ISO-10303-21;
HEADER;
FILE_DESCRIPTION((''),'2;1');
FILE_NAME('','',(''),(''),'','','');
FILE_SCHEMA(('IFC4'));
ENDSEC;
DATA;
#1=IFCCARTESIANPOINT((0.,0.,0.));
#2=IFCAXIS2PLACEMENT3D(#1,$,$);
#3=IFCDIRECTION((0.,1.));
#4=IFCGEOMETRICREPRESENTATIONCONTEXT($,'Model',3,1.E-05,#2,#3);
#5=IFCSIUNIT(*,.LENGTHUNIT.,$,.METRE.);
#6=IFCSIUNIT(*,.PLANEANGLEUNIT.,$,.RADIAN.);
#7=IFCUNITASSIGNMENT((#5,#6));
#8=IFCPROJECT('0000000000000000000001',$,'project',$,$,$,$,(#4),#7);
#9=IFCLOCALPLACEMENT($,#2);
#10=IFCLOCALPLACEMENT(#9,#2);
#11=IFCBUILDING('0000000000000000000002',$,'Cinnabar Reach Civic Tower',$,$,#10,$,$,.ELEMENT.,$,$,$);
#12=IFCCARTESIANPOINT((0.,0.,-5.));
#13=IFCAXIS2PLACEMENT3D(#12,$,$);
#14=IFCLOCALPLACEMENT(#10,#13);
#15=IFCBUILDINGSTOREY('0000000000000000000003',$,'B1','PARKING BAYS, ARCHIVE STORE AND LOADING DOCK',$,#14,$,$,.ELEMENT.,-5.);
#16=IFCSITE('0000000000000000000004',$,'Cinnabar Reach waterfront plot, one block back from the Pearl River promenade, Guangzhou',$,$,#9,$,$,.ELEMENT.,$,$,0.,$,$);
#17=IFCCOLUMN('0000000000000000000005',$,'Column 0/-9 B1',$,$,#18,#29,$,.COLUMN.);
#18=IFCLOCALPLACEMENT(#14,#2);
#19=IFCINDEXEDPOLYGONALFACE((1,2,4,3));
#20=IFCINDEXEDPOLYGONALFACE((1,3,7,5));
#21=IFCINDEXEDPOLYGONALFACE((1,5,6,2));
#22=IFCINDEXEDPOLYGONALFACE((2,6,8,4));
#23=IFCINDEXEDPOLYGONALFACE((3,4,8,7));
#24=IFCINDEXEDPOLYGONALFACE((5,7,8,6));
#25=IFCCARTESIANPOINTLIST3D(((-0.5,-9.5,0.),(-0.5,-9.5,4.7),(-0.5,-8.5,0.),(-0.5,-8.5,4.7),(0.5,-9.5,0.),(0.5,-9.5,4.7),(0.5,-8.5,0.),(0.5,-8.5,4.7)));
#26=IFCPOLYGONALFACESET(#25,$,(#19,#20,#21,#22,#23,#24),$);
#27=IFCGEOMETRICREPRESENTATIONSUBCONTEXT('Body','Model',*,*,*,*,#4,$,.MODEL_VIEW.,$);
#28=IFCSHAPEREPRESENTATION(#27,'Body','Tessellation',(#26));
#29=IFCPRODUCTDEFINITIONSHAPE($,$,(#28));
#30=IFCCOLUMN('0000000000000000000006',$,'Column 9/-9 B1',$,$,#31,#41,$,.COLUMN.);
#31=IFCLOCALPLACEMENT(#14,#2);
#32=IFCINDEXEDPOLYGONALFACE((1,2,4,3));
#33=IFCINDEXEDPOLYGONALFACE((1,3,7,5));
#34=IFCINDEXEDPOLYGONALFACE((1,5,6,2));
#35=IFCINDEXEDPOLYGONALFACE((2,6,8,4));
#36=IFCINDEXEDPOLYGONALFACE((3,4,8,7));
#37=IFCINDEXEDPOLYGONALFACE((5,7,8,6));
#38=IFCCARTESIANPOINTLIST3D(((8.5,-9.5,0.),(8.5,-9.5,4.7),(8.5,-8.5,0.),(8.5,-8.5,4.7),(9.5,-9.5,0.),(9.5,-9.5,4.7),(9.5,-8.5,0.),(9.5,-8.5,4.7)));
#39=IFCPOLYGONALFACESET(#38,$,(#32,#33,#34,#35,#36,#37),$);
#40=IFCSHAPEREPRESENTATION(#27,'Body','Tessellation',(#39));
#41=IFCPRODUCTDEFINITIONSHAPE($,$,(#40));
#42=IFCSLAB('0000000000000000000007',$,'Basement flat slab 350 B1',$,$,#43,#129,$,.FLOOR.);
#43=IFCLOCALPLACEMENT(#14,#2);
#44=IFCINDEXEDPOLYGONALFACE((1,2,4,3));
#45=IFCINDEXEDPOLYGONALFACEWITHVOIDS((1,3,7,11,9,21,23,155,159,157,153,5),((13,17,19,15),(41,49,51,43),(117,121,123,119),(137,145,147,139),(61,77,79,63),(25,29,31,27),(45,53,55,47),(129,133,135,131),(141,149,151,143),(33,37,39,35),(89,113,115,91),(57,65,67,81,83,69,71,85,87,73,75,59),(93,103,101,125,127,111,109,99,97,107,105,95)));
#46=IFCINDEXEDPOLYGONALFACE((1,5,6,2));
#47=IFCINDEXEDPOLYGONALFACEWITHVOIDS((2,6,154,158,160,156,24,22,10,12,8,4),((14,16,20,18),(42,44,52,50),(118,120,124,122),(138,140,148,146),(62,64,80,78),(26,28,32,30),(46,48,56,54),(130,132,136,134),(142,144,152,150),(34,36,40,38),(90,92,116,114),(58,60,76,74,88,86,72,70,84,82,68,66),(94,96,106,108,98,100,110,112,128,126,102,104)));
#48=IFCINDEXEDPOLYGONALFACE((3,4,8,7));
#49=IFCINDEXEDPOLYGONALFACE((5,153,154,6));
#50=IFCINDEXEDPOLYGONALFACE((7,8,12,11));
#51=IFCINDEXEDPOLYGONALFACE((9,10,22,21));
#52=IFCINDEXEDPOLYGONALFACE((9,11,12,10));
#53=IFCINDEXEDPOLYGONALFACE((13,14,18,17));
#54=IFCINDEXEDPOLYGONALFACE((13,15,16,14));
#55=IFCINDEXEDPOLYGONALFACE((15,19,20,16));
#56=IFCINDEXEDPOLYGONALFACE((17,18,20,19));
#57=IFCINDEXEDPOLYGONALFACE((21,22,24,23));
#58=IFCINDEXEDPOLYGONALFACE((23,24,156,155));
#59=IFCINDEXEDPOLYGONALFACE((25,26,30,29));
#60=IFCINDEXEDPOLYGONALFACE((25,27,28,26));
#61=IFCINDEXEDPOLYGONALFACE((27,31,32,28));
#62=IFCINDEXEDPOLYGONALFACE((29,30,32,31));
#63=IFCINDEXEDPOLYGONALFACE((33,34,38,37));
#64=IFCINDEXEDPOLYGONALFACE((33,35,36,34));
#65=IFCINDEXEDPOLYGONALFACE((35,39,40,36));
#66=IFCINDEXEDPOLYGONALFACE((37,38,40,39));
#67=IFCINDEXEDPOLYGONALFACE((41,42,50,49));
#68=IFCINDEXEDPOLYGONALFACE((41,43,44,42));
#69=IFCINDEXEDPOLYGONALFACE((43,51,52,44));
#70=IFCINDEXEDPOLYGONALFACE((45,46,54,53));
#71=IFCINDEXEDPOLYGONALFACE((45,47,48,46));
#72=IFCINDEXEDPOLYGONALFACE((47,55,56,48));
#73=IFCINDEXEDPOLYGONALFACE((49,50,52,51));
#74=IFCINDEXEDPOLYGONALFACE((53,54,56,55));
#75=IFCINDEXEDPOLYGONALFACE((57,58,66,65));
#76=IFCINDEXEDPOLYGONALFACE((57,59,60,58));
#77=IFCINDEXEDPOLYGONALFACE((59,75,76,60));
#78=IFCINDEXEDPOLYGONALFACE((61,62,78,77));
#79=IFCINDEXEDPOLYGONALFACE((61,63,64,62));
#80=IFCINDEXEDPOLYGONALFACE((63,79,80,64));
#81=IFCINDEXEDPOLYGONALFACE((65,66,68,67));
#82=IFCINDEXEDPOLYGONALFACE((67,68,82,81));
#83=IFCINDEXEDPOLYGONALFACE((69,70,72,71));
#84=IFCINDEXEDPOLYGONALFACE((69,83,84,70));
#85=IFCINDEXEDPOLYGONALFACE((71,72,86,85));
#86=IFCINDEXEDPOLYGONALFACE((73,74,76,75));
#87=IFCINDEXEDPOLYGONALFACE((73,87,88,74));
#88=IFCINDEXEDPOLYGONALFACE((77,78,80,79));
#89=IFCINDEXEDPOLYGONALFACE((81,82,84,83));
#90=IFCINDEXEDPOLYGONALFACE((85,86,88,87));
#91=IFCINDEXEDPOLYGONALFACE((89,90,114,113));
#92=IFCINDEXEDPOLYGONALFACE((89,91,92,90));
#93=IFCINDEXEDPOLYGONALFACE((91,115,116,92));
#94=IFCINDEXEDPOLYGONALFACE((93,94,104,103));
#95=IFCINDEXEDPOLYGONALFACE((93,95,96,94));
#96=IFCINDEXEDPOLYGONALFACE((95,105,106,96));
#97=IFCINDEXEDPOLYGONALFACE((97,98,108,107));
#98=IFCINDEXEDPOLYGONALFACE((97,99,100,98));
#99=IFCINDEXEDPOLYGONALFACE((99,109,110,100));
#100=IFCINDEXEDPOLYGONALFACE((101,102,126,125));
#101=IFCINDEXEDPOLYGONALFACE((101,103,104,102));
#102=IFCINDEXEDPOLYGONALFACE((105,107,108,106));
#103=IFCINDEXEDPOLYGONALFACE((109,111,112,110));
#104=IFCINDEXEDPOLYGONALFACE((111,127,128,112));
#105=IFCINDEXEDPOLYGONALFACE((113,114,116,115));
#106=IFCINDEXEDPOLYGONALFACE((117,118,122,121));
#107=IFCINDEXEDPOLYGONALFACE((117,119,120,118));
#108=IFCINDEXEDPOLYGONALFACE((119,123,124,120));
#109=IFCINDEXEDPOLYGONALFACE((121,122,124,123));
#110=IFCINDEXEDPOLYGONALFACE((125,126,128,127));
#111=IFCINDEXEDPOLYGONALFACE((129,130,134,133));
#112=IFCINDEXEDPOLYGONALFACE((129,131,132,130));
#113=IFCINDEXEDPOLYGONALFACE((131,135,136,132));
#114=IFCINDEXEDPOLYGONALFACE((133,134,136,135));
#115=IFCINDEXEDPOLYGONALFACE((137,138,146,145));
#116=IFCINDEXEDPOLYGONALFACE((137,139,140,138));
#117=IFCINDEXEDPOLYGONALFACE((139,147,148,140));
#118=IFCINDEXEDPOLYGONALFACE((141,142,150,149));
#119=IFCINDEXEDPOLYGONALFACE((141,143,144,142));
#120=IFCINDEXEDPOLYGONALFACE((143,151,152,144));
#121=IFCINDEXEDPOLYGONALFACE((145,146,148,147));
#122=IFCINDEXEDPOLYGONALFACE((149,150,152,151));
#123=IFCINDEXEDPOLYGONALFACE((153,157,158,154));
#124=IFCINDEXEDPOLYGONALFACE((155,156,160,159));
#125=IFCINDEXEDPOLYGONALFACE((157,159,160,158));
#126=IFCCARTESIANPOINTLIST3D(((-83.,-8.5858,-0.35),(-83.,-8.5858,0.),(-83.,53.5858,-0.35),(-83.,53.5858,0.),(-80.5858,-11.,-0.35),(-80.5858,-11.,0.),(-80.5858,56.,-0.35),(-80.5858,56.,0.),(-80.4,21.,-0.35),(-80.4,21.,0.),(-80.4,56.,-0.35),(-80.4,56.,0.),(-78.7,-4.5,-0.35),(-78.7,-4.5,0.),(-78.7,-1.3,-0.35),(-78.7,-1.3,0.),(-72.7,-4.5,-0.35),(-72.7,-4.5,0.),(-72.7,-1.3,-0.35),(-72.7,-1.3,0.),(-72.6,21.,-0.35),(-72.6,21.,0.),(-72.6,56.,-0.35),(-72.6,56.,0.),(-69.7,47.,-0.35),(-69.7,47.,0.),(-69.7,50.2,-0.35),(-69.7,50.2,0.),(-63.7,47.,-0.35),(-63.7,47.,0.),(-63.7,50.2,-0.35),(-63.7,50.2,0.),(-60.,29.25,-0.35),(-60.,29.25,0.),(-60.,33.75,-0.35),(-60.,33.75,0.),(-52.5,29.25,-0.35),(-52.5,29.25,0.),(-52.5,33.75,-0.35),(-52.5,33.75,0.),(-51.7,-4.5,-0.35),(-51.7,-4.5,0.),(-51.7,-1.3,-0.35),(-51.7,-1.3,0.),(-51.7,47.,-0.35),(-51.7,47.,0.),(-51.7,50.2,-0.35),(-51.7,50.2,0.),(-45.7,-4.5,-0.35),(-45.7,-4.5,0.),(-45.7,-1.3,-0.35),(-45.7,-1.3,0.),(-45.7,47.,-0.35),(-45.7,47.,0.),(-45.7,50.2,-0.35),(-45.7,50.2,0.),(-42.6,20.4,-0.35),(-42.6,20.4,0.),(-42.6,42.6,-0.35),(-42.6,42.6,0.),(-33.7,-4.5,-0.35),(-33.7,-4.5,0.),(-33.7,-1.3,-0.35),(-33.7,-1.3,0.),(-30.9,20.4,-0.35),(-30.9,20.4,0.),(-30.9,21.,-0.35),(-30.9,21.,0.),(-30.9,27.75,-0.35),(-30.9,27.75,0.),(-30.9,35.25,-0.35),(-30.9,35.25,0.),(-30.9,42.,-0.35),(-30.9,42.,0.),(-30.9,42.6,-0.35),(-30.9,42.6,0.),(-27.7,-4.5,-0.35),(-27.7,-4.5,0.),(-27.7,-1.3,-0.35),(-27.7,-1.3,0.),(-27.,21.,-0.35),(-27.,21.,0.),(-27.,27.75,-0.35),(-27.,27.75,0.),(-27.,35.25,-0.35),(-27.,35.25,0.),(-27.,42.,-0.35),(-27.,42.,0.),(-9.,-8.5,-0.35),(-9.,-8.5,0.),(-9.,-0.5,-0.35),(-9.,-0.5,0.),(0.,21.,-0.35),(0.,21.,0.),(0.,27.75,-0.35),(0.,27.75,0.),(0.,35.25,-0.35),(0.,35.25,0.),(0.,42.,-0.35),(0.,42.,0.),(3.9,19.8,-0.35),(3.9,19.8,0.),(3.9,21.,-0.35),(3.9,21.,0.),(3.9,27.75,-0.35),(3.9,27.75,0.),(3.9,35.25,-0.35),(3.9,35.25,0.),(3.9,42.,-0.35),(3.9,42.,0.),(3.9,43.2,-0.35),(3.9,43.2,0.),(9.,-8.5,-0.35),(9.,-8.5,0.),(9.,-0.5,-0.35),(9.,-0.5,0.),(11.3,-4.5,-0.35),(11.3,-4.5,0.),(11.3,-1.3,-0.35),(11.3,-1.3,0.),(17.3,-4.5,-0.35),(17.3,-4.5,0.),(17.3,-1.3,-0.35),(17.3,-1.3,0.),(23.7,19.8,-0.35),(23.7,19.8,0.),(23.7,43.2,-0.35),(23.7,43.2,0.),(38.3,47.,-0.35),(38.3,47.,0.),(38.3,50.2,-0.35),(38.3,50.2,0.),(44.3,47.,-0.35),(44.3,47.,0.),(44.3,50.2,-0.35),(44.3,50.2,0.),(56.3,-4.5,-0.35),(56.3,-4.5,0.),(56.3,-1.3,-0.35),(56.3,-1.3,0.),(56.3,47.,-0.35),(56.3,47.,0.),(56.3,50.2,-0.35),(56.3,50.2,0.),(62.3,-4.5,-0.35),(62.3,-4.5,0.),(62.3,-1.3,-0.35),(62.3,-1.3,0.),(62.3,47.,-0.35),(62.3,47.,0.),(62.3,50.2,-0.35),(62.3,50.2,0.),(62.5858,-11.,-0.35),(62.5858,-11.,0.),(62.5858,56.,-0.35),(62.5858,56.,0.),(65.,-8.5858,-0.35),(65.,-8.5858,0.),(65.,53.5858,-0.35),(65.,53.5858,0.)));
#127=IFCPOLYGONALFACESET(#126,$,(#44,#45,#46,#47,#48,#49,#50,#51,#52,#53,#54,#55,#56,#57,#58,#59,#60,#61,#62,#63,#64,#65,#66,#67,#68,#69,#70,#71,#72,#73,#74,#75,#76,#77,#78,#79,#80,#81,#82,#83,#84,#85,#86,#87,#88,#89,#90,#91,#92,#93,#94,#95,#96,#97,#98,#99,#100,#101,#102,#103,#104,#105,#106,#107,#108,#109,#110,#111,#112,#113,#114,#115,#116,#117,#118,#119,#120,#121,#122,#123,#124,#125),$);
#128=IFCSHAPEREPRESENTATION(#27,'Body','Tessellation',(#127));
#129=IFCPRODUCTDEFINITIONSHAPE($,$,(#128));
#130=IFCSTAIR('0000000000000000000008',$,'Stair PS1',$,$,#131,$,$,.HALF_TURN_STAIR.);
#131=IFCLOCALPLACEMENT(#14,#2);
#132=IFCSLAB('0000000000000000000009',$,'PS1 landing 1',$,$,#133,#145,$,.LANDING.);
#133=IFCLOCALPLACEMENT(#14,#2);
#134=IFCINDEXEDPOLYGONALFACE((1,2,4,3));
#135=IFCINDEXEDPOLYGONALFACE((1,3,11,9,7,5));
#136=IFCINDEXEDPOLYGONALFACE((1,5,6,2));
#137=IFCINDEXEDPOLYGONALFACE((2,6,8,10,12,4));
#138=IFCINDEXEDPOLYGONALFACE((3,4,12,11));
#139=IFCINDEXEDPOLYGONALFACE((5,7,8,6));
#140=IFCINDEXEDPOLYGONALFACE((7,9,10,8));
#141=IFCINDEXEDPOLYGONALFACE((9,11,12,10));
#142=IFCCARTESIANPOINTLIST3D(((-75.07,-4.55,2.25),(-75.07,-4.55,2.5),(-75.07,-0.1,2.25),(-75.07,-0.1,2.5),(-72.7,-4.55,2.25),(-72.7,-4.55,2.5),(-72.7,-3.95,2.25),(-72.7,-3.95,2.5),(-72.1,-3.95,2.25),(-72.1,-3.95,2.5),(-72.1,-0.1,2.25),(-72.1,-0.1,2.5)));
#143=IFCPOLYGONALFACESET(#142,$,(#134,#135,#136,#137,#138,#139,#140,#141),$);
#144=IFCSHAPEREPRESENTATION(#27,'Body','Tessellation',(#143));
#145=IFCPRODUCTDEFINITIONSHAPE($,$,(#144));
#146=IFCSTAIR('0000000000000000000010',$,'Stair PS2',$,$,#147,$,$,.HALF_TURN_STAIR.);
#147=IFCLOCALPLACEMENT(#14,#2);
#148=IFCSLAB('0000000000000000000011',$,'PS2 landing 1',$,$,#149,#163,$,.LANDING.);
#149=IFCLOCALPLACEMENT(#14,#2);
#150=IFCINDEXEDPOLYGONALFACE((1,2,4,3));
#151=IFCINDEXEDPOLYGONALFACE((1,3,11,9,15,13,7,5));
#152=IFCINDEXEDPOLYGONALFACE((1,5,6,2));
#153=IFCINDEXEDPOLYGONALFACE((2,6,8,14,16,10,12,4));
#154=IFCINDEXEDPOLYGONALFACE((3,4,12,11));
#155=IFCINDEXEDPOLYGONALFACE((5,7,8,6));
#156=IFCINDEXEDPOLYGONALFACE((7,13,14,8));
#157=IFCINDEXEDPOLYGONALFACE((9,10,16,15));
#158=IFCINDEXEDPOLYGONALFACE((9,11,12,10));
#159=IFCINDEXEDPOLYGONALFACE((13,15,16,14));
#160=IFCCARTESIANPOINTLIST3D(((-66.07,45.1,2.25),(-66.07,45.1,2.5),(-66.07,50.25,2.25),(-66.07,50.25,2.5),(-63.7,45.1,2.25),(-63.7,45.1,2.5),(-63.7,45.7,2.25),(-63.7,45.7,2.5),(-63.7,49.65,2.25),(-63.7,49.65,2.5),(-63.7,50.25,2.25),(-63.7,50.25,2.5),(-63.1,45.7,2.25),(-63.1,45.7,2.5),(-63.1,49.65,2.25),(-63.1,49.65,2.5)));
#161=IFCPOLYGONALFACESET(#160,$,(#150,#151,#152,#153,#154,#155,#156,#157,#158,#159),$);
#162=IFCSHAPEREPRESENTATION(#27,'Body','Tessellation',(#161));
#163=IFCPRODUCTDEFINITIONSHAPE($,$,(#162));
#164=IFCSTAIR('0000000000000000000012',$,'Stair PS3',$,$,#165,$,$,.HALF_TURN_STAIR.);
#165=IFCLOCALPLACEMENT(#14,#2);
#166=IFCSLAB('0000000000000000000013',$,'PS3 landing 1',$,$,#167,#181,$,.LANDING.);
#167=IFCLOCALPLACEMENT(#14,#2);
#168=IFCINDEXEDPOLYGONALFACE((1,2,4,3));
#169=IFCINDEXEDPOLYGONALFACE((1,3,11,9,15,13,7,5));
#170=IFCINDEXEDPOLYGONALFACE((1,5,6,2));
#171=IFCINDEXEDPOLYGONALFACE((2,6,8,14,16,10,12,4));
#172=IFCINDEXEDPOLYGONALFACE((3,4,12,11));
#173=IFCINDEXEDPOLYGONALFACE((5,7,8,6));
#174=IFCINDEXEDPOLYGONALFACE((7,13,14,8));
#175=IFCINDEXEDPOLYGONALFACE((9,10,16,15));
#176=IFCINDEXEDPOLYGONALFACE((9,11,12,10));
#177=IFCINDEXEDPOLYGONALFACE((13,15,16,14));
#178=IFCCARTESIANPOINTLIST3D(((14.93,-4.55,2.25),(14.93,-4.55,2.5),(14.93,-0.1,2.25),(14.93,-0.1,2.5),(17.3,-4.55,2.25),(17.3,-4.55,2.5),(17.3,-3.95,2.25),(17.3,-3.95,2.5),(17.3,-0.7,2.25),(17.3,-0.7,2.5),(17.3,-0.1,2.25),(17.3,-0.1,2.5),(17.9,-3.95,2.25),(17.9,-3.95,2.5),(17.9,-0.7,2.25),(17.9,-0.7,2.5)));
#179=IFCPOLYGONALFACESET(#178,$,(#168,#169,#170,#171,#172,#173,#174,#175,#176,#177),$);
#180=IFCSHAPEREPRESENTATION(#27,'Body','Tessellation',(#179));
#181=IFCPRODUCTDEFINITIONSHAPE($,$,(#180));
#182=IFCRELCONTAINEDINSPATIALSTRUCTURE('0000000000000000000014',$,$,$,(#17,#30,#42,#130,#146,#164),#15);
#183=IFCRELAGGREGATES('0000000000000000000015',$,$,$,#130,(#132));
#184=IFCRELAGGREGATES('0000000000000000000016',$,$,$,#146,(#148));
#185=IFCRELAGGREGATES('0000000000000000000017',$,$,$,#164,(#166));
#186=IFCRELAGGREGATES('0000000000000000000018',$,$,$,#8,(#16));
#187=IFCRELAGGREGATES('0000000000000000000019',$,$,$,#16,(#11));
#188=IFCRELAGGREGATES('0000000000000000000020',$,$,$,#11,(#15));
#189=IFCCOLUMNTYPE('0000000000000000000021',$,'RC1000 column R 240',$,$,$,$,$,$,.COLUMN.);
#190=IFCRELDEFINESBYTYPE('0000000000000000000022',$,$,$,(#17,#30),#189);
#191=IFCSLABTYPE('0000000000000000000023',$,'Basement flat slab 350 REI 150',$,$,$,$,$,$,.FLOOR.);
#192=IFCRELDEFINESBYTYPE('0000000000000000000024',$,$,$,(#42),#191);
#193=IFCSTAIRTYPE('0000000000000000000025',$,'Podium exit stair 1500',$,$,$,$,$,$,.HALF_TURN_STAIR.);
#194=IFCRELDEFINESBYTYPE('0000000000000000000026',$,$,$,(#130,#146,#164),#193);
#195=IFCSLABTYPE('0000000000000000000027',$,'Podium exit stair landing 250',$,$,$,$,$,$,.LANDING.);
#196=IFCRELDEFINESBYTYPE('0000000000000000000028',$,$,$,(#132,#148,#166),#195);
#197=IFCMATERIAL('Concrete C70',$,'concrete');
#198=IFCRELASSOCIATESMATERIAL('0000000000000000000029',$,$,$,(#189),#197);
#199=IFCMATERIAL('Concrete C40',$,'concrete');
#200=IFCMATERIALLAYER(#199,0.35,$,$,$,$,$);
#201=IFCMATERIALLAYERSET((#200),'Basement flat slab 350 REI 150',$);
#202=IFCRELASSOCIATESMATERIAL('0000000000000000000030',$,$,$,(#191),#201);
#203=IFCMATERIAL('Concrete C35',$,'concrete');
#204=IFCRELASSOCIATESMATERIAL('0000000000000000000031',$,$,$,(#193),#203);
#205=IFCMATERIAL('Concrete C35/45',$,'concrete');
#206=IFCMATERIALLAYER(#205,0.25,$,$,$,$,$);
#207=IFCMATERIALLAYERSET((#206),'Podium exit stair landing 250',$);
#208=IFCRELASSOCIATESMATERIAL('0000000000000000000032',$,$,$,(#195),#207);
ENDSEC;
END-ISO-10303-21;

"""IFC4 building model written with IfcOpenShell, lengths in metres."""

from ifc_helpers import new_model, si_unit, direction, frame, origin, origin_2d, place, context, subcontext, project, spatial, polyline, rectangle, outline, extrude, material, layer, layer_set, material_profile, profile_set, type_object, element, aggregate, save


model = new_model("IFC4")

# Units and contexts
model_context = context("Model", 3, precision=1e-05, world=origin(), true_north=direction((0.0, 1.0)))
body_context = subcontext(model_context, "Body", "Model", "MODEL_VIEW")
ifc_project = project(units=[si_unit("LENGTHUNIT", "METRE"), si_unit("PLANEANGLEUNIT", "RADIAN")], contexts=[model_context])

# Site, building, storey
site_placement = place(None, origin())
site = spatial("IfcSite", under=ifc_project, at=site_placement, Name="Cinnabar Reach waterfront plot, one block back from the Pearl River promenade, Guangzhou", CompositionType="ELEMENT", RefElevation=0.0)
building_placement = place(site_placement, origin())
building = spatial("IfcBuilding", under=site, at=building_placement, Name="Cinnabar Reach Civic Tower", CompositionType="ELEMENT")
storey_placement = place(building_placement, frame((0.0, 0.0, -5.0)))
storey = spatial("IfcBuildingStorey", under=building, at=storey_placement, Name="B1", Description="PARKING BAYS, ARCHIVE STORE AND LOADING DOCK", CompositionType="ELEMENT", Elevation=-5.0)

# Columns
ifc_material_1 = material(Name="Concrete C70", Category="concrete")
ifc_material_profile = material_profile(ifc_material_1, rectangle(XDim=1.0, YDim=1.0, at=origin_2d()), Name="RC1000")
ifc_profile_set = profile_set([ifc_material_profile], Name="Concrete C70")
column_type = type_object("IfcColumnType", Name="RC1000 column R 240", PredefinedType="COLUMN", material=ifc_profile_set)
for number, where, z_axis, x_axis, name in (
    (1, (0.0, -9.0, 0.0), (0.0, 0.0, 1.0), (1.0, 0.0, 0.0), "Column 0/-9 B1"),
    (2, (9.0, -9.0, 0.0), (0.0, 0.0, 1.0), (1.0, 0.0, 0.0), "Column 9/-9 B1"),
):
    element("IfcColumn", number, at=place(storey_placement, frame(where, z_axis=z_axis, x_axis=x_axis)), inside=storey, type_object=column_type, Name=name, PredefinedType="COLUMN", context=body_context, shape_type="SweptSolid", body=[
        extrude(rectangle(XDim=1.0, YDim=1.0, at=origin_2d()), origin(), (0.0, 0.0, 1.0), 4.7),
    ])

# Slab
ifc_material_2 = material(Name="Concrete C40", Category="concrete")
ifc_layer_1 = layer(ifc_material_2, 0.35)
ifc_layer_set_1 = layer_set([ifc_layer_1], Name="Basement flat slab 350 REI 150")
slab_type_1 = type_object("IfcSlabType", Name="Basement flat slab 350 REI 150", PredefinedType="FLOOR", material=ifc_layer_set_1)
slab_1_placement = place(storey_placement, frame((0.0, 0.0, -0.35)))
element("IfcSlab", 3, at=slab_1_placement, inside=storey, type_object=slab_type_1, Name="Basement flat slab 350 B1", PredefinedType="FLOOR", context=body_context, shape_type="SweptSolid", body=[
    extrude(outline(polyline([(-83.0, -8.5858), (-83.0, 53.5858), (-80.5858, 56.0), (-80.4, 56.0), (-80.4, 21.0), (-72.6, 21.0), (-72.6, 56.0), (62.5858, 56.0), (65.0, 53.5858), (65.0, -8.5858), (62.5858, -11.0), (-80.5858, -11.0), (-83.0, -8.5858)]), holes=[polyline([(-78.7, -1.3), (-78.7, -4.5), (-72.7, -4.5), (-72.7, -1.3), (-78.7, -1.3)]), polyline([(-45.7, -1.3), (-51.7, -1.3), (-51.7, -4.5), (-45.7, -4.5), (-45.7, -1.3)]), polyline([(-52.5, 33.75), (-60.0, 33.75), (-60.0, 29.25), (-52.5, 29.25), (-52.5, 33.75)]), polyline([(-27.0, 35.25), (-27.0, 42.0), (-30.9, 42.0), (-30.9, 42.6), (-42.6, 42.6), (-42.6, 20.4), (-30.9, 20.4), (-30.9, 21.0), (-27.0, 21.0), (-27.0, 27.75), (-30.9, 27.75), (-30.9, 35.25), (-27.0, 35.25)]), polyline([(-63.7, 47.0), (-63.7, 50.2), (-69.7, 50.2), (-69.7, 47.0), (-63.7, 47.0)]), polyline([(-45.7, 47.0), (-45.7, 50.2), (-51.7, 50.2), (-51.7, 47.0), (-45.7, 47.0)]), polyline([(-9.0, -0.5), (-9.0, -8.5), (9.0, -8.5), (9.0, -0.5), (-9.0, -0.5)]), polyline([(-27.7, -1.3), (-33.7, -1.3), (-33.7, -4.5), (-27.7, -4.5), (-27.7, -1.3)]), polyline([(17.3, -1.3), (11.3, -1.3), (11.3, -4.5), (17.3, -4.5), (17.3, -1.3)]), polyline([(62.3, -1.3), (56.3, -1.3), (56.3, -4.5), (62.3, -4.5), (62.3, -1.3)]), polyline([(3.9, 42.0), (0.0, 42.0), (0.0, 35.25), (3.9, 35.25), (3.9, 27.75), (0.0, 27.75), (0.0, 21.0), (3.9, 21.0), (3.9, 19.8), (23.7, 19.8), (23.7, 43.2), (3.9, 43.2), (3.9, 42.0)]), polyline([(44.3, 47.0), (44.3, 50.2), (38.3, 50.2), (38.3, 47.0), (44.3, 47.0)]), polyline([(62.3, 47.0), (62.3, 50.2), (56.3, 50.2), (56.3, 47.0), (62.3, 47.0)])]), origin(), (0.0, 0.0, 1.0), 0.35),
])

# Stairs, slabs
ifc_material_3 = material(Name="Concrete C35", Category="concrete")
stair_type = type_object("IfcStairType", Name="Podium exit stair 1500", PredefinedType="HALF_TURN_STAIR", material=ifc_material_3)
stair_1_placement = place(storey_placement, origin())
stair_1 = element("IfcStair", 4, at=stair_1_placement, inside=storey, type_object=stair_type, Name="Stair PS1", PredefinedType="HALF_TURN_STAIR")
ifc_material_4 = material(Name="Concrete C35/45", Category="concrete")
ifc_layer_2 = layer(ifc_material_4, 0.25)
ifc_layer_set_2 = layer_set([ifc_layer_2], Name="Podium exit stair landing 250")
slab_type_2 = type_object("IfcSlabType", Name="Podium exit stair landing 250", PredefinedType="LANDING", material=ifc_layer_set_2)
slab_2_placement = place(storey_placement, frame((0.0, 0.0, 2.25)))
slab_2 = element("IfcSlab", 5, at=slab_2_placement, type_object=slab_type_2, Name="PS1 landing 1", PredefinedType="LANDING", context=body_context, shape_type="SweptSolid", body=[
    extrude(outline(polyline([(-75.07, -4.55), (-75.07, -0.1), (-72.1, -0.1), (-72.1, -3.95), (-72.7, -3.95), (-72.7, -4.55), (-75.07, -4.55)])), origin(), (0.0, 0.0, 1.0), 0.25),
])
aggregate(stair_1, [slab_2])
stair_2_placement = place(storey_placement, origin())
stair_2 = element("IfcStair", 6, at=stair_2_placement, inside=storey, type_object=stair_type, Name="Stair PS2", PredefinedType="HALF_TURN_STAIR")
slab_3_placement = place(storey_placement, frame((0.0, 0.0, 2.25)))
slab_3 = element("IfcSlab", 7, at=slab_3_placement, type_object=slab_type_2, Name="PS2 landing 1", PredefinedType="LANDING", context=body_context, shape_type="SweptSolid", body=[
    extrude(outline(polyline([(-63.1, 45.7), (-63.7, 45.7), (-63.7, 45.1), (-66.07, 45.1), (-66.07, 50.25), (-63.7, 50.25), (-63.7, 49.65), (-63.1, 49.65), (-63.1, 45.7)])), origin(), (0.0, 0.0, 1.0), 0.25),
])
aggregate(stair_2, [slab_3])
stair_3_placement = place(storey_placement, origin())
stair_3 = element("IfcStair", 8, at=stair_3_placement, inside=storey, type_object=stair_type, Name="Stair PS3", PredefinedType="HALF_TURN_STAIR")
slab_4_placement = place(storey_placement, frame((0.0, 0.0, 2.25)))
slab_4 = element("IfcSlab", 9, at=slab_4_placement, type_object=slab_type_2, Name="PS3 landing 1", PredefinedType="LANDING", context=body_context, shape_type="SweptSolid", body=[
    extrude(outline(polyline([(17.9, -3.95), (17.3, -3.95), (17.3, -4.55), (14.93, -4.55), (14.93, -0.1), (17.3, -0.1), (17.3, -0.7), (17.9, -0.7), (17.9, -3.95)])), origin(), (0.0, 0.0, 1.0), 0.25),
])

aggregate(stair_3, [slab_4])

save(model, "model.ifc")
